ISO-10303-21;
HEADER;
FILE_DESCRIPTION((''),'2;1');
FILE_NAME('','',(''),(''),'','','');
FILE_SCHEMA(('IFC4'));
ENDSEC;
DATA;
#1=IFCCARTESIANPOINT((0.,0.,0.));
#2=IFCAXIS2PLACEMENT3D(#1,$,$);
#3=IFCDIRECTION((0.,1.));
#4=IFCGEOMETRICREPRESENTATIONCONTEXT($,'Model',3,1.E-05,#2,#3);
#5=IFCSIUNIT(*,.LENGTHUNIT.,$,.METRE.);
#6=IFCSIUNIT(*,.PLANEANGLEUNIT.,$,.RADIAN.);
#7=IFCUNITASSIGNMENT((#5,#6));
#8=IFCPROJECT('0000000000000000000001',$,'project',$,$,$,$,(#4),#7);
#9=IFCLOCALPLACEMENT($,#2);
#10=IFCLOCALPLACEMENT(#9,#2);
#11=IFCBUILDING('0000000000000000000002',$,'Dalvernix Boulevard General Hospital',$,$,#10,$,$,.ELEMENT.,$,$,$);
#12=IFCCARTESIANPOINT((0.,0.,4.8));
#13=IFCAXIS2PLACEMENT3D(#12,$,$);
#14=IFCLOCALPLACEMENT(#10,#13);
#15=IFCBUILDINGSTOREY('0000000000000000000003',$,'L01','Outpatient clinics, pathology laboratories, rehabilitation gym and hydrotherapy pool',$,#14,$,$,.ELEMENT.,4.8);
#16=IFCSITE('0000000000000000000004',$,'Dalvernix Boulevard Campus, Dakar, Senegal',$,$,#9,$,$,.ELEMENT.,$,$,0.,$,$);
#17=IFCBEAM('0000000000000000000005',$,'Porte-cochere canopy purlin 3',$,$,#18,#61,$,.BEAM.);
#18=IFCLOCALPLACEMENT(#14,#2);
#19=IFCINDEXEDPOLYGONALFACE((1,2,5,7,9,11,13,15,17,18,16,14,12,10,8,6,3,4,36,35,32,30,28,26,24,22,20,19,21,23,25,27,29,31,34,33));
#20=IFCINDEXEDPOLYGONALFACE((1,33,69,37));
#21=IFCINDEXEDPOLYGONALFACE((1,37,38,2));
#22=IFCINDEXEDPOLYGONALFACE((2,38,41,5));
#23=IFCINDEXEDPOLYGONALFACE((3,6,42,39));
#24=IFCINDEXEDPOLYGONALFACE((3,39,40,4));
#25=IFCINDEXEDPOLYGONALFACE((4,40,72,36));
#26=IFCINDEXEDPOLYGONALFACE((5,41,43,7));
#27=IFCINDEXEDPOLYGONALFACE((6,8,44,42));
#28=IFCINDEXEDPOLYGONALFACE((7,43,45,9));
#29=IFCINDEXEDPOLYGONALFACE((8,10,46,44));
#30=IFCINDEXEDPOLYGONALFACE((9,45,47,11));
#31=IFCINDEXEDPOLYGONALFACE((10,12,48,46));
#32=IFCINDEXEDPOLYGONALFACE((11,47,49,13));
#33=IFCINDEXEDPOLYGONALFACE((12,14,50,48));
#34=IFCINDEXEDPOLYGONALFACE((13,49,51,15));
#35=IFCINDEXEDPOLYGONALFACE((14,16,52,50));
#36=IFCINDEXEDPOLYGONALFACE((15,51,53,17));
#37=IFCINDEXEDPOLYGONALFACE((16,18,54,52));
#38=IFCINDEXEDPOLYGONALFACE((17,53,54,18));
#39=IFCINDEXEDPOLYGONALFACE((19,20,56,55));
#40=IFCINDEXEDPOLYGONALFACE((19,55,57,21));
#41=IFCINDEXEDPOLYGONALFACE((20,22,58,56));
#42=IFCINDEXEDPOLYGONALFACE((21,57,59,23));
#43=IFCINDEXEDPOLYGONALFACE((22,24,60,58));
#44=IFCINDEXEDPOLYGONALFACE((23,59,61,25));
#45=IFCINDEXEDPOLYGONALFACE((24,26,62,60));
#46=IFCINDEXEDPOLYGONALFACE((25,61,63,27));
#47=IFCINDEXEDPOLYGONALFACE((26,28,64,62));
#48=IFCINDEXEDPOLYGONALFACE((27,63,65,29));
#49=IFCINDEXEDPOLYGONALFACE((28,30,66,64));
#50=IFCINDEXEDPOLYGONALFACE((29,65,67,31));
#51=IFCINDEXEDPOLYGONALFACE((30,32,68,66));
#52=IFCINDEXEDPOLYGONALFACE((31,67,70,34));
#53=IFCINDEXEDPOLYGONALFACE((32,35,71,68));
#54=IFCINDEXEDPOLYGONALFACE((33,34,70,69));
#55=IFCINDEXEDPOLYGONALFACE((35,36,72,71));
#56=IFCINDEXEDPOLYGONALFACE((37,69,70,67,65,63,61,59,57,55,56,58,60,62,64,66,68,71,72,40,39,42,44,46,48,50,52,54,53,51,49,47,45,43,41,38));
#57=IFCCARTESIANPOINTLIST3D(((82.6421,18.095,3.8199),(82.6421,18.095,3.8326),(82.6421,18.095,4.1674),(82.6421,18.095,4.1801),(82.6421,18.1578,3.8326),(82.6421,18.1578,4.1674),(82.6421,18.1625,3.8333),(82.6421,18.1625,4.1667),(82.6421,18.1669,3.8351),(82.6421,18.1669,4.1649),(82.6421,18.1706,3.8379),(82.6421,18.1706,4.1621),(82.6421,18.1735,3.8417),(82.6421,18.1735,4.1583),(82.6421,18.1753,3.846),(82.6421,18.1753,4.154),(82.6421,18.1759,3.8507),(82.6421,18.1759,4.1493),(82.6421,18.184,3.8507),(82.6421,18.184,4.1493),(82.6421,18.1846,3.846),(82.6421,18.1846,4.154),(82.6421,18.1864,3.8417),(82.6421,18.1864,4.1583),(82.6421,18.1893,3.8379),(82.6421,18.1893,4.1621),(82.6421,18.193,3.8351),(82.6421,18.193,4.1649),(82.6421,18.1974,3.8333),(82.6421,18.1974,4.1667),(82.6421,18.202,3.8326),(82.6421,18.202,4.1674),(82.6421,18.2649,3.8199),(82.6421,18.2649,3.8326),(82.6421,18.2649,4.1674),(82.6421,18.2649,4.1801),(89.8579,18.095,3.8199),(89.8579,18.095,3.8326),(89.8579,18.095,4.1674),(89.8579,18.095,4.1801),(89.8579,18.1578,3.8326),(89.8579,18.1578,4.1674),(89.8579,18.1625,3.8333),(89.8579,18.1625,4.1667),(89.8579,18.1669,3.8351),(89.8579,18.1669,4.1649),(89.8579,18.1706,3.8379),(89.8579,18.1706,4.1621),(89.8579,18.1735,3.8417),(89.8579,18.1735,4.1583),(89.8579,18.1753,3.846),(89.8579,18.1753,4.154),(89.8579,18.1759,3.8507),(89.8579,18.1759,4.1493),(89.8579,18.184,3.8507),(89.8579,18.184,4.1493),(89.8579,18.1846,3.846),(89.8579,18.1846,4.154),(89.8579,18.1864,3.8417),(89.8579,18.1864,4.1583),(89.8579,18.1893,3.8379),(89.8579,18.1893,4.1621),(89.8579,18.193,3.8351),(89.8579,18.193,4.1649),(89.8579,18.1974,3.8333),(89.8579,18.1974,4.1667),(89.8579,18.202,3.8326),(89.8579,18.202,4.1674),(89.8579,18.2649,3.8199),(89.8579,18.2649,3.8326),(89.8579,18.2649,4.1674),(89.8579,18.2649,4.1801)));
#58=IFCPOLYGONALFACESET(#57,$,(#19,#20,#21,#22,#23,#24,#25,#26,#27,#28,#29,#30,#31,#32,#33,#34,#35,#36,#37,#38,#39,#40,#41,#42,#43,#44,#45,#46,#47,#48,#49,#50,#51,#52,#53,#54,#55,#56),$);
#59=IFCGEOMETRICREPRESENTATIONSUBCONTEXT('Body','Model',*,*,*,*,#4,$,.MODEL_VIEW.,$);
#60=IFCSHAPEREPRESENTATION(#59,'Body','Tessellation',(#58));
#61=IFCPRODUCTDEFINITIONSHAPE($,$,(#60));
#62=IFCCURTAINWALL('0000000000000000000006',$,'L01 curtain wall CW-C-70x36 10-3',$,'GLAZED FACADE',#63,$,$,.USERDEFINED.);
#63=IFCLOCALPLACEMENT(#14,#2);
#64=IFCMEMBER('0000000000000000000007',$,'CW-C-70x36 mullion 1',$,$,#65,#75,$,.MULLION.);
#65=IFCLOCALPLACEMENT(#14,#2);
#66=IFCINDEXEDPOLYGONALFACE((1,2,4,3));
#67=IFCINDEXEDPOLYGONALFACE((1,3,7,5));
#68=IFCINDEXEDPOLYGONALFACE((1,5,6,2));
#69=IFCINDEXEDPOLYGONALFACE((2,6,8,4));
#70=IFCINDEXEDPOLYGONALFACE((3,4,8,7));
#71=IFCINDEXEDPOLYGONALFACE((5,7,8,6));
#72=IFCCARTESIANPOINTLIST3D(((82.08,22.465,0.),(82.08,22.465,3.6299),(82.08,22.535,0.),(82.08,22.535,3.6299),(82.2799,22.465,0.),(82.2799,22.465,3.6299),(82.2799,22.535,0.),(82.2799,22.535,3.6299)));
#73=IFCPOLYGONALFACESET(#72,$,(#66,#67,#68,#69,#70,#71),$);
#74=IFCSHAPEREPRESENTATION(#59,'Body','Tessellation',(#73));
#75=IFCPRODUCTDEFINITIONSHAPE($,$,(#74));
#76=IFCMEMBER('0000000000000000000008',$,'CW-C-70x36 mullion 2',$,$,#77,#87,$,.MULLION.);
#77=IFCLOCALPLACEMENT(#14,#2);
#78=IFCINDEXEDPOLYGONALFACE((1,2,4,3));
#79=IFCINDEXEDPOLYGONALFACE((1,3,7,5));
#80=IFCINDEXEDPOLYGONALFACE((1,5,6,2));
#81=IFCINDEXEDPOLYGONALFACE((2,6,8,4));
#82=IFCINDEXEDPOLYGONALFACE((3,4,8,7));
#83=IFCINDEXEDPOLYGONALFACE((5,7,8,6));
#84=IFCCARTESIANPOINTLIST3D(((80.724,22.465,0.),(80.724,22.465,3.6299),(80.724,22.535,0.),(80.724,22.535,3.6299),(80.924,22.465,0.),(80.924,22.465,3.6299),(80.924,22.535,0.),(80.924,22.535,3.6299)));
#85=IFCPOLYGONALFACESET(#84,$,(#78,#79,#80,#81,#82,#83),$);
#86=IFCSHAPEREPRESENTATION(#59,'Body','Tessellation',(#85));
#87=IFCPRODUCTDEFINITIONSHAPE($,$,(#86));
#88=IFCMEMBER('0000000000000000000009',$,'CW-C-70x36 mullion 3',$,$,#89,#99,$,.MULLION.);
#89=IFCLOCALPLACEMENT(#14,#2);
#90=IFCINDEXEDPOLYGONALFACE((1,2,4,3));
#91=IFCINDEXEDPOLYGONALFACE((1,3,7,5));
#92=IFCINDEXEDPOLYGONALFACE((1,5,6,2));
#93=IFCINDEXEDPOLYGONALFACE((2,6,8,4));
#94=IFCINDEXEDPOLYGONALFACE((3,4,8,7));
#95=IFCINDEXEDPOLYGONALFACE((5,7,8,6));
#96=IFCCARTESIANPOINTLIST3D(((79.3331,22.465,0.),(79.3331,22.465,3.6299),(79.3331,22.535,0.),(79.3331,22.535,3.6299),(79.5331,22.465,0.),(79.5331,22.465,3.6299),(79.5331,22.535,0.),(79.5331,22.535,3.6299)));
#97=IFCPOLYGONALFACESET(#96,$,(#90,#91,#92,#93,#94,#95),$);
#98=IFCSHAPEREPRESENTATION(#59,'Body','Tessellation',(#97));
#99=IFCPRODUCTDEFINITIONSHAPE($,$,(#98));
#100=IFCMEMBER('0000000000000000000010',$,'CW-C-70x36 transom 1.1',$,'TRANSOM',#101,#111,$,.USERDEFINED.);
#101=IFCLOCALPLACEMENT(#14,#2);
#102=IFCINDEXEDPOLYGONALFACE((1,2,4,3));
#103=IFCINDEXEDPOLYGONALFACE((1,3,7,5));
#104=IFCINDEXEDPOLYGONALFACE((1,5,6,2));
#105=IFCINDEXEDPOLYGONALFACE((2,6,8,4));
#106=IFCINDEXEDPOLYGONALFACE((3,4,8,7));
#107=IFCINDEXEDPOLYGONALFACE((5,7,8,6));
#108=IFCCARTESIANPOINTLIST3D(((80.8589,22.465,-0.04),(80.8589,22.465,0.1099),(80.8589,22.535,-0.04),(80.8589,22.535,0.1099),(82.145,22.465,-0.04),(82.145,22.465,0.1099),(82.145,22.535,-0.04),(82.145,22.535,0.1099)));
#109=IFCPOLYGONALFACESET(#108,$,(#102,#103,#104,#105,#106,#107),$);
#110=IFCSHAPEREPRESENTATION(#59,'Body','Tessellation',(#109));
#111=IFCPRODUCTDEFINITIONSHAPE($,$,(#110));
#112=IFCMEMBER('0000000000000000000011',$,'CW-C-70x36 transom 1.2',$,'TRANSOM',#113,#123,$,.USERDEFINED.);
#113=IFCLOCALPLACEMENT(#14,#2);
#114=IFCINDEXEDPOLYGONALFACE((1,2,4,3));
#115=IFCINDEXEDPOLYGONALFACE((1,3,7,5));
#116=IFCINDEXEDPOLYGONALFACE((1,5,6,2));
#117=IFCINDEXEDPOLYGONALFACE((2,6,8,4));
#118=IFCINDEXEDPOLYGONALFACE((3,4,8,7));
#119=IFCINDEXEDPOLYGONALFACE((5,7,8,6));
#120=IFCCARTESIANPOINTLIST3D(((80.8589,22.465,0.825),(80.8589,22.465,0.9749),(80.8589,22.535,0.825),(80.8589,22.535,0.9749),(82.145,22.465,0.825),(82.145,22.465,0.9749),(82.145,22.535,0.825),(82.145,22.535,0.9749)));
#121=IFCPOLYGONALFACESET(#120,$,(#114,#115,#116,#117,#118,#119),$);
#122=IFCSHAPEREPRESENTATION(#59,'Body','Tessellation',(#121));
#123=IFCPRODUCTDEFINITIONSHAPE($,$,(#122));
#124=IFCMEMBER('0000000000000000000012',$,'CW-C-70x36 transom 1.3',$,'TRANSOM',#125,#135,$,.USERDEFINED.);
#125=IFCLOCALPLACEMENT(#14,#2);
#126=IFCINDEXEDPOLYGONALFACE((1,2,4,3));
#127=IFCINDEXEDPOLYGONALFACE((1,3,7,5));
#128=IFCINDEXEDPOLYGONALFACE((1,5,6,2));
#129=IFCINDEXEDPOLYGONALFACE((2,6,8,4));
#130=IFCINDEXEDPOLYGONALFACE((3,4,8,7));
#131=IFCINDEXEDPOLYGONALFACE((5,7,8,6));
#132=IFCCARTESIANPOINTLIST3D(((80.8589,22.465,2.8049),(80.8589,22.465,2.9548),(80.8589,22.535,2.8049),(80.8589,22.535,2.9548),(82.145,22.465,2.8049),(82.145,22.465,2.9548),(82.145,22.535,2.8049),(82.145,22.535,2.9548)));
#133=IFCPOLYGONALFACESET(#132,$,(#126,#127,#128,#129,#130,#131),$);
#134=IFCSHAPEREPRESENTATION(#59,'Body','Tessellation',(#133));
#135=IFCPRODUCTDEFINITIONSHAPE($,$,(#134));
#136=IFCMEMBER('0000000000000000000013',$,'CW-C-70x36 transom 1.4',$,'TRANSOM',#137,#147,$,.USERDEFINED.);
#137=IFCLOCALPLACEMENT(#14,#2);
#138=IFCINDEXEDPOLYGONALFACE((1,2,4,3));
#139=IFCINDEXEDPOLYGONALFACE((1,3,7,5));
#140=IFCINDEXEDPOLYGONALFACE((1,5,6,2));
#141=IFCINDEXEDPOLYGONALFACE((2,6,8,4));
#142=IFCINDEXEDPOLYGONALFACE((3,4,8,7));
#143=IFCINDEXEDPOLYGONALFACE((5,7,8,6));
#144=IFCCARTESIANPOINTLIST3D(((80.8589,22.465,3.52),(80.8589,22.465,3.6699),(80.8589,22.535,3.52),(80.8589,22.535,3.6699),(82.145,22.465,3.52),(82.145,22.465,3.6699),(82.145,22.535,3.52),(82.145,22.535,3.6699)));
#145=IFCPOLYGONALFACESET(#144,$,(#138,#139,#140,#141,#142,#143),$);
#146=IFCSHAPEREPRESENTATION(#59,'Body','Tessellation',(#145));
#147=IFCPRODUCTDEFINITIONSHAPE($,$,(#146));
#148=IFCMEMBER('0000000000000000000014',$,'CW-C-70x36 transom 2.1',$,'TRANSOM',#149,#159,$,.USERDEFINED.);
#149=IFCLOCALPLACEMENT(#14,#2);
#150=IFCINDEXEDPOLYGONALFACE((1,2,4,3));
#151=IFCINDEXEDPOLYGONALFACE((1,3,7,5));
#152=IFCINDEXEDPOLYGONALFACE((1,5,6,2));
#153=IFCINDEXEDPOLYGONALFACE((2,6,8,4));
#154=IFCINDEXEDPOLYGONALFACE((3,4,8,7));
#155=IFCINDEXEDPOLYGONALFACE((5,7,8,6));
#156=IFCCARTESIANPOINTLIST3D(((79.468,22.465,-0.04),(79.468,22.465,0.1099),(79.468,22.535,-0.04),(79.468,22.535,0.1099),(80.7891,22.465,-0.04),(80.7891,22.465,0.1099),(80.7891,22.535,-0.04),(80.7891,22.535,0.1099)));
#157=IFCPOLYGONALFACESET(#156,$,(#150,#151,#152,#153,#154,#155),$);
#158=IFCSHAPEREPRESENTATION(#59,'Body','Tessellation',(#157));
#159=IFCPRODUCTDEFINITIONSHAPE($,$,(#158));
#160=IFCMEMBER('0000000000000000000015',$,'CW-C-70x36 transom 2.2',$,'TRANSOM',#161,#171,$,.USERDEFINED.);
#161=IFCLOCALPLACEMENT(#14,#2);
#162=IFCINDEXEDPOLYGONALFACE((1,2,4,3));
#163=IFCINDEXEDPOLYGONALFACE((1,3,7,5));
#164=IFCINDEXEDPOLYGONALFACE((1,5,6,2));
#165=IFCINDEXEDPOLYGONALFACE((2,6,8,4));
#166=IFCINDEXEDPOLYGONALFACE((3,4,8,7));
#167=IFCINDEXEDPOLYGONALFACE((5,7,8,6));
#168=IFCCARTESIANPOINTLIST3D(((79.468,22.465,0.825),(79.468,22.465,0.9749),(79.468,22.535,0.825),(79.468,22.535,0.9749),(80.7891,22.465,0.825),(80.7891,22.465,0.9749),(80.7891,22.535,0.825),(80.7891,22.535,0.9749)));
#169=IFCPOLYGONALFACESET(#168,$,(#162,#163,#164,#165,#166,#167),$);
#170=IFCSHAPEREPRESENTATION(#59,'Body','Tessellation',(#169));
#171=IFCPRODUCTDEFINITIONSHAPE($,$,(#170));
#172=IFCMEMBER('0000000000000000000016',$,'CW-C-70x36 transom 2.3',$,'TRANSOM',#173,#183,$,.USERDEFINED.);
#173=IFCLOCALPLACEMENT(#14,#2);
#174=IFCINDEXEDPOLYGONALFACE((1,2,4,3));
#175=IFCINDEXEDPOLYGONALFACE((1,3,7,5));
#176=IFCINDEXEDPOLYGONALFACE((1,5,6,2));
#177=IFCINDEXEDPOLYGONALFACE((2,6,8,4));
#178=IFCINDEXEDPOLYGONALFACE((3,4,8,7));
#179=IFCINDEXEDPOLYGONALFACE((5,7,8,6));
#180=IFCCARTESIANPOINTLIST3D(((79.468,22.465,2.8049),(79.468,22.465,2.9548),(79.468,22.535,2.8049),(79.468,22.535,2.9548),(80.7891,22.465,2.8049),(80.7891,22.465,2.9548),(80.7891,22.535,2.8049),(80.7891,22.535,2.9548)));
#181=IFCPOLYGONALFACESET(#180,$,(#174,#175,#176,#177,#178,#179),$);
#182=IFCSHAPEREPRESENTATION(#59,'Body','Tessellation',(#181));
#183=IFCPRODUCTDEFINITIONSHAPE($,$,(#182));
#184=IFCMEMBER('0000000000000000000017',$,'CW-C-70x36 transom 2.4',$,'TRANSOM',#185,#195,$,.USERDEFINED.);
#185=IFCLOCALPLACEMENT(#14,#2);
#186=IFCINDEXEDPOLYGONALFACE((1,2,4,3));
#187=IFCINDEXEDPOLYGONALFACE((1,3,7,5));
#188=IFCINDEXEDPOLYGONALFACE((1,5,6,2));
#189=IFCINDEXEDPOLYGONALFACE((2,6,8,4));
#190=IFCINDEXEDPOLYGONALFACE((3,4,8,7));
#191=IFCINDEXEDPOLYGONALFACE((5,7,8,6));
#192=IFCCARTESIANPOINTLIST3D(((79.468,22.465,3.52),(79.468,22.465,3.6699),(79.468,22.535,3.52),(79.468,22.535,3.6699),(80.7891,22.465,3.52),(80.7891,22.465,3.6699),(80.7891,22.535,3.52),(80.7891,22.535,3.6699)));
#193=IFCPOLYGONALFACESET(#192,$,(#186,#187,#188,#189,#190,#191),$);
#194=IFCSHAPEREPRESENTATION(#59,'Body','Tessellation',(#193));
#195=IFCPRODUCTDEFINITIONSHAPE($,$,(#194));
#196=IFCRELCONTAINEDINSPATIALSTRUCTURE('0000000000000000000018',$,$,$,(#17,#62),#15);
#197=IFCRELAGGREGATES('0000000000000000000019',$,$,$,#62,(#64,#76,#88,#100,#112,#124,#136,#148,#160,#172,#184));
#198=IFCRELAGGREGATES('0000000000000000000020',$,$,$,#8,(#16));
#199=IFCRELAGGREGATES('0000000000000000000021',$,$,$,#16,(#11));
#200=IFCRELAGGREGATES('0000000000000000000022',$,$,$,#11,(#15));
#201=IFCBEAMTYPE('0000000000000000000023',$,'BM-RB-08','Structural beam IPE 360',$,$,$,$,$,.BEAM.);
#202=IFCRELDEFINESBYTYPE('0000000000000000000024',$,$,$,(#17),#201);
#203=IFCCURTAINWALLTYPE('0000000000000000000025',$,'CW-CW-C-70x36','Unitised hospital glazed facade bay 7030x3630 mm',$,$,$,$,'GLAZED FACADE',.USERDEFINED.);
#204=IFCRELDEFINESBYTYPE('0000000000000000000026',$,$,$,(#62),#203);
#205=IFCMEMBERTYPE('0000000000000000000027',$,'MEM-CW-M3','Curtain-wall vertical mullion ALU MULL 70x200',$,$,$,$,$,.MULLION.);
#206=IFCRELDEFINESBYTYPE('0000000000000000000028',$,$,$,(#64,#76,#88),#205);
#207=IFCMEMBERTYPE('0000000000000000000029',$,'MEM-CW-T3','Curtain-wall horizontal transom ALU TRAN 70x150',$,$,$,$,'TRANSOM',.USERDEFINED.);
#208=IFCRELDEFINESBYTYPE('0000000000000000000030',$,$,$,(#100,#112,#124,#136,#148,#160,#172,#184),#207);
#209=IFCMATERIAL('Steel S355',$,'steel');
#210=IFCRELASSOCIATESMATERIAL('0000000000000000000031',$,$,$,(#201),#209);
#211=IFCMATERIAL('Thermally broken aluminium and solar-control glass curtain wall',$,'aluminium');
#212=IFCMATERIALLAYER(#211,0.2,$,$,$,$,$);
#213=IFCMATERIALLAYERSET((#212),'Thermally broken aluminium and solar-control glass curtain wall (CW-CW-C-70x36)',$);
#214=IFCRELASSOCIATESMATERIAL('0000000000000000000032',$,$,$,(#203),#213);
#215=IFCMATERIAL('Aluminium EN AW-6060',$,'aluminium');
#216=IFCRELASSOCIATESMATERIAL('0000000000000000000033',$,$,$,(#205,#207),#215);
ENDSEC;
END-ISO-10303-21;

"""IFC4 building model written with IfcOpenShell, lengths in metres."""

from ifc_helpers import new_model, si_unit, direction, frame, origin, origin_2d, place, context, subcontext, project, spatial, rectangle, i_section, extrude, material, layer, layer_set, material_profile, profile_set, type_object, element, aggregate, save


model = new_model("IFC4")

# Units and contexts
model_context = context("Model", 3, precision=1e-05, world=origin(), true_north=direction((0.0, 1.0)))
body_context = subcontext(model_context, "Body", "Model", "MODEL_VIEW")
ifc_project = project(units=[si_unit("LENGTHUNIT", "METRE"), si_unit("PLANEANGLEUNIT", "RADIAN")], contexts=[model_context])

# Site, building, storey
site_placement = place(None, origin())
site = spatial("IfcSite", under=ifc_project, at=site_placement, Name="Dalvernix Boulevard Campus, Dakar, Senegal", CompositionType="ELEMENT", RefElevation=0.0)
building_placement = place(site_placement, origin())
building = spatial("IfcBuilding", under=site, at=building_placement, Name="Dalvernix Boulevard General Hospital", CompositionType="ELEMENT")
storey_placement = place(building_placement, frame((0.0, 0.0, 4.8)))
storey = spatial("IfcBuildingStorey", under=building, at=storey_placement, Name="L01", Description="Outpatient clinics, pathology laboratories, rehabilitation gym and hydrotherapy pool", CompositionType="ELEMENT", Elevation=4.8)

# Beam
ifc_material_1 = material(Name="Steel S355", Category="steel")
ifc_material_profile_1 = material_profile(ifc_material_1, i_section(OverallWidth=0.1699, OverallDepth=0.3601, WebThickness=0.0081, FlangeThickness=0.0127, FilletRadius=0.0181, at=origin_2d()), Name="IPE 360")
ifc_profile_set_1 = profile_set([ifc_material_profile_1], Name="Steel S355")
beam_type = type_object("IfcBeamType", Name="BM-RB-08", Description="Structural beam IPE 360", PredefinedType="BEAM", material=ifc_profile_set_1)
beam_placement = place(storey_placement, frame((82.6421, 18.1799, 4.0), z_axis=(1.0, 0.0, 0.0), x_axis=(0.0, 1.0, 0.0)))
element("IfcBeam", 1, at=beam_placement, inside=storey, type_object=beam_type, Name="Porte-cochere canopy purlin 3", PredefinedType="BEAM", context=body_context, shape_type="SweptSolid", body=[
    extrude(i_section(OverallWidth=0.1699, OverallDepth=0.3601, WebThickness=0.0081, FlangeThickness=0.0127, FilletRadius=0.0181, at=origin_2d()), origin(), (0.0, 0.0, 1.0), 7.2158),
])

# Curtain wall, members
ifc_material_2 = material(Name="Thermally broken aluminium and solar-control glass curtain wall", Category="aluminium")
ifc_layer_1 = layer(ifc_material_2, 0.2)
ifc_layer_set_1 = layer_set([ifc_layer_1], Name="Thermally broken aluminium and solar-control glass curtain wall (CW-CW-C-70x36)")
curtain_wall_type = type_object("IfcCurtainWallType", Name="CW-CW-C-70x36", Description="Unitised hospital glazed facade bay 7030x3630 mm", ElementType="GLAZED FACADE", PredefinedType="USERDEFINED", material=ifc_layer_set_1)
curtain_wall_placement = place(storey_placement, origin())
curtain_wall = element("IfcCurtainWall", 2, at=curtain_wall_placement, inside=storey, type_object=curtain_wall_type, Name="L01 curtain wall CW-C-70x36 10-3", ObjectType="GLAZED FACADE", PredefinedType="USERDEFINED")
ifc_material_3 = material(Name="Aluminium EN AW-6060", Category="aluminium")
ifc_material_profile_2 = material_profile(ifc_material_3, rectangle(XDim=0.0701, YDim=0.2, at=origin_2d()), Name="ALU MULL 70x200")
ifc_profile_set_2 = profile_set([ifc_material_profile_2], Name="Aluminium EN AW-6060")
member_type_1 = type_object("IfcMemberType", Name="MEM-CW-M3", Description="Curtain-wall vertical mullion ALU MULL 70x200", PredefinedType="MULLION", material=ifc_profile_set_2)
member_1_placement = place(storey_placement, frame((82.1799, 22.5, 0.0), z_axis=(0.0, 0.0, 1.0), x_axis=(0.0, -1.0, 0.0)))
member_1 = element("IfcMember", 3, at=member_1_placement, type_object=member_type_1, Name="CW-C-70x36 mullion 1", PredefinedType="MULLION", context=body_context, shape_type="SweptSolid", body=[
    extrude(rectangle(XDim=0.0701, YDim=0.2, at=origin_2d()), origin(), (0.0, 0.0, 1.0), 3.6299),
])
member_2_placement = place(storey_placement, frame((80.824, 22.5, 0.0), z_axis=(0.0, 0.0, 1.0), x_axis=(0.0, -1.0, 0.0)))
member_2 = element("IfcMember", 4, at=member_2_placement, type_object=member_type_1, Name="CW-C-70x36 mullion 2", PredefinedType="MULLION", context=body_context, shape_type="SweptSolid", body=[
    extrude(rectangle(XDim=0.0701, YDim=0.2, at=origin_2d()), origin(), (0.0, 0.0, 1.0), 3.6299),
])
member_3_placement = place(storey_placement, frame((79.4331, 22.5, 0.0), z_axis=(0.0, 0.0, 1.0), x_axis=(0.0, -1.0, 0.0)))
member_3 = element("IfcMember", 5, at=member_3_placement, type_object=member_type_1, Name="CW-C-70x36 mullion 3", PredefinedType="MULLION", context=body_context, shape_type="SweptSolid", body=[
    extrude(rectangle(XDim=0.0701, YDim=0.2, at=origin_2d()), origin(), (0.0, 0.0, 1.0), 3.6299),
])
ifc_material_profile_3 = material_profile(ifc_material_3, rectangle(XDim=0.0701, YDim=0.1499, at=origin_2d()), Name="ALU TRAN 70x150")
ifc_profile_set_3 = profile_set([ifc_material_profile_3], Name="Aluminium EN AW-6060")
member_type_2 = type_object("IfcMemberType", Name="MEM-CW-T3", Description="Curtain-wall horizontal transom ALU TRAN 70x150", ElementType="TRANSOM", PredefinedType="USERDEFINED", material=ifc_profile_set_3)
member_4_placement = place(storey_placement, frame((82.145, 22.5, 0.0349), z_axis=(-1.0, 0.0, 0.0), x_axis=(0.0, -1.0, 0.0)))
member_4 = element("IfcMember", 6, at=member_4_placement, type_object=member_type_2, Name="CW-C-70x36 transom 1.1", ObjectType="TRANSOM", PredefinedType="USERDEFINED", context=body_context, shape_type="SweptSolid", body=[
    extrude(rectangle(XDim=0.0701, YDim=0.1499, at=origin_2d()), origin(), (0.0, 0.0, 1.0), 1.2861),
])
member_5_placement = place(storey_placement, frame((82.145, 22.5, 0.8999), z_axis=(-1.0, 0.0, 0.0), x_axis=(0.0, -1.0, 0.0)))
member_5 = element("IfcMember", 7, at=member_5_placement, type_object=member_type_2, Name="CW-C-70x36 transom 1.2", ObjectType="TRANSOM", PredefinedType="USERDEFINED", context=body_context, shape_type="SweptSolid", body=[
    extrude(rectangle(XDim=0.0701, YDim=0.1499, at=origin_2d()), origin(), (0.0, 0.0, 1.0), 1.2861),
])
member_6_placement = place(storey_placement, frame((82.145, 22.5, 2.8799), z_axis=(-1.0, 0.0, 0.0), x_axis=(0.0, -1.0, 0.0)))
member_6 = element("IfcMember", 8, at=member_6_placement, type_object=member_type_2, Name="CW-C-70x36 transom 1.3", ObjectType="TRANSOM", PredefinedType="USERDEFINED", context=body_context, shape_type="SweptSolid", body=[
    extrude(rectangle(XDim=0.0701, YDim=0.1499, at=origin_2d()), origin(), (0.0, 0.0, 1.0), 1.2861),
])
member_7_placement = place(storey_placement, frame((82.145, 22.5, 3.595), z_axis=(-1.0, 0.0, 0.0), x_axis=(0.0, -1.0, 0.0)))
member_7 = element("IfcMember", 9, at=member_7_placement, type_object=member_type_2, Name="CW-C-70x36 transom 1.4", ObjectType="TRANSOM", PredefinedType="USERDEFINED", context=body_context, shape_type="SweptSolid", body=[
    extrude(rectangle(XDim=0.0701, YDim=0.1499, at=origin_2d()), origin(), (0.0, 0.0, 1.0), 1.2861),
])
member_8_placement = place(storey_placement, frame((80.7891, 22.5, 0.0349), z_axis=(-1.0, 0.0, 0.0), x_axis=(0.0, -1.0, 0.0)))
member_8 = element("IfcMember", 10, at=member_8_placement, type_object=member_type_2, Name="CW-C-70x36 transom 2.1", ObjectType="TRANSOM", PredefinedType="USERDEFINED", context=body_context, shape_type="SweptSolid", body=[
    extrude(rectangle(XDim=0.0701, YDim=0.1499, at=origin_2d()), origin(), (0.0, 0.0, 1.0), 1.321),
])
member_9_placement = place(storey_placement, frame((80.7891, 22.5, 0.8999), z_axis=(-1.0, 0.0, 0.0), x_axis=(0.0, -1.0, 0.0)))
member_9 = element("IfcMember", 11, at=member_9_placement, type_object=member_type_2, Name="CW-C-70x36 transom 2.2", ObjectType="TRANSOM", PredefinedType="USERDEFINED", context=body_context, shape_type="SweptSolid", body=[
    extrude(rectangle(XDim=0.0701, YDim=0.1499, at=origin_2d()), origin(), (0.0, 0.0, 1.0), 1.321),
])
member_10_placement = place(storey_placement, frame((80.7891, 22.5, 2.8799), z_axis=(-1.0, 0.0, 0.0), x_axis=(0.0, -1.0, 0.0)))
member_10 = element("IfcMember", 12, at=member_10_placement, type_object=member_type_2, Name="CW-C-70x36 transom 2.3", ObjectType="TRANSOM", PredefinedType="USERDEFINED", context=body_context, shape_type="SweptSolid", body=[
    extrude(rectangle(XDim=0.0701, YDim=0.1499, at=origin_2d()), origin(), (0.0, 0.0, 1.0), 1.321),
])
member_11_placement = place(storey_placement, frame((80.7891, 22.5, 3.595), z_axis=(-1.0, 0.0, 0.0), x_axis=(0.0, -1.0, 0.0)))
member_11 = element("IfcMember", 13, at=member_11_placement, type_object=member_type_2, Name="CW-C-70x36 transom 2.4", ObjectType="TRANSOM", PredefinedType="USERDEFINED", context=body_context, shape_type="SweptSolid", body=[
    extrude(rectangle(XDim=0.0701, YDim=0.1499, at=origin_2d()), origin(), (0.0, 0.0, 1.0), 1.321),
])

aggregate(curtain_wall, [member_1, member_2, member_3, member_4, member_5, member_6, member_7, member_8, member_9, member_10, member_11])

save(model, "model.ifc")
